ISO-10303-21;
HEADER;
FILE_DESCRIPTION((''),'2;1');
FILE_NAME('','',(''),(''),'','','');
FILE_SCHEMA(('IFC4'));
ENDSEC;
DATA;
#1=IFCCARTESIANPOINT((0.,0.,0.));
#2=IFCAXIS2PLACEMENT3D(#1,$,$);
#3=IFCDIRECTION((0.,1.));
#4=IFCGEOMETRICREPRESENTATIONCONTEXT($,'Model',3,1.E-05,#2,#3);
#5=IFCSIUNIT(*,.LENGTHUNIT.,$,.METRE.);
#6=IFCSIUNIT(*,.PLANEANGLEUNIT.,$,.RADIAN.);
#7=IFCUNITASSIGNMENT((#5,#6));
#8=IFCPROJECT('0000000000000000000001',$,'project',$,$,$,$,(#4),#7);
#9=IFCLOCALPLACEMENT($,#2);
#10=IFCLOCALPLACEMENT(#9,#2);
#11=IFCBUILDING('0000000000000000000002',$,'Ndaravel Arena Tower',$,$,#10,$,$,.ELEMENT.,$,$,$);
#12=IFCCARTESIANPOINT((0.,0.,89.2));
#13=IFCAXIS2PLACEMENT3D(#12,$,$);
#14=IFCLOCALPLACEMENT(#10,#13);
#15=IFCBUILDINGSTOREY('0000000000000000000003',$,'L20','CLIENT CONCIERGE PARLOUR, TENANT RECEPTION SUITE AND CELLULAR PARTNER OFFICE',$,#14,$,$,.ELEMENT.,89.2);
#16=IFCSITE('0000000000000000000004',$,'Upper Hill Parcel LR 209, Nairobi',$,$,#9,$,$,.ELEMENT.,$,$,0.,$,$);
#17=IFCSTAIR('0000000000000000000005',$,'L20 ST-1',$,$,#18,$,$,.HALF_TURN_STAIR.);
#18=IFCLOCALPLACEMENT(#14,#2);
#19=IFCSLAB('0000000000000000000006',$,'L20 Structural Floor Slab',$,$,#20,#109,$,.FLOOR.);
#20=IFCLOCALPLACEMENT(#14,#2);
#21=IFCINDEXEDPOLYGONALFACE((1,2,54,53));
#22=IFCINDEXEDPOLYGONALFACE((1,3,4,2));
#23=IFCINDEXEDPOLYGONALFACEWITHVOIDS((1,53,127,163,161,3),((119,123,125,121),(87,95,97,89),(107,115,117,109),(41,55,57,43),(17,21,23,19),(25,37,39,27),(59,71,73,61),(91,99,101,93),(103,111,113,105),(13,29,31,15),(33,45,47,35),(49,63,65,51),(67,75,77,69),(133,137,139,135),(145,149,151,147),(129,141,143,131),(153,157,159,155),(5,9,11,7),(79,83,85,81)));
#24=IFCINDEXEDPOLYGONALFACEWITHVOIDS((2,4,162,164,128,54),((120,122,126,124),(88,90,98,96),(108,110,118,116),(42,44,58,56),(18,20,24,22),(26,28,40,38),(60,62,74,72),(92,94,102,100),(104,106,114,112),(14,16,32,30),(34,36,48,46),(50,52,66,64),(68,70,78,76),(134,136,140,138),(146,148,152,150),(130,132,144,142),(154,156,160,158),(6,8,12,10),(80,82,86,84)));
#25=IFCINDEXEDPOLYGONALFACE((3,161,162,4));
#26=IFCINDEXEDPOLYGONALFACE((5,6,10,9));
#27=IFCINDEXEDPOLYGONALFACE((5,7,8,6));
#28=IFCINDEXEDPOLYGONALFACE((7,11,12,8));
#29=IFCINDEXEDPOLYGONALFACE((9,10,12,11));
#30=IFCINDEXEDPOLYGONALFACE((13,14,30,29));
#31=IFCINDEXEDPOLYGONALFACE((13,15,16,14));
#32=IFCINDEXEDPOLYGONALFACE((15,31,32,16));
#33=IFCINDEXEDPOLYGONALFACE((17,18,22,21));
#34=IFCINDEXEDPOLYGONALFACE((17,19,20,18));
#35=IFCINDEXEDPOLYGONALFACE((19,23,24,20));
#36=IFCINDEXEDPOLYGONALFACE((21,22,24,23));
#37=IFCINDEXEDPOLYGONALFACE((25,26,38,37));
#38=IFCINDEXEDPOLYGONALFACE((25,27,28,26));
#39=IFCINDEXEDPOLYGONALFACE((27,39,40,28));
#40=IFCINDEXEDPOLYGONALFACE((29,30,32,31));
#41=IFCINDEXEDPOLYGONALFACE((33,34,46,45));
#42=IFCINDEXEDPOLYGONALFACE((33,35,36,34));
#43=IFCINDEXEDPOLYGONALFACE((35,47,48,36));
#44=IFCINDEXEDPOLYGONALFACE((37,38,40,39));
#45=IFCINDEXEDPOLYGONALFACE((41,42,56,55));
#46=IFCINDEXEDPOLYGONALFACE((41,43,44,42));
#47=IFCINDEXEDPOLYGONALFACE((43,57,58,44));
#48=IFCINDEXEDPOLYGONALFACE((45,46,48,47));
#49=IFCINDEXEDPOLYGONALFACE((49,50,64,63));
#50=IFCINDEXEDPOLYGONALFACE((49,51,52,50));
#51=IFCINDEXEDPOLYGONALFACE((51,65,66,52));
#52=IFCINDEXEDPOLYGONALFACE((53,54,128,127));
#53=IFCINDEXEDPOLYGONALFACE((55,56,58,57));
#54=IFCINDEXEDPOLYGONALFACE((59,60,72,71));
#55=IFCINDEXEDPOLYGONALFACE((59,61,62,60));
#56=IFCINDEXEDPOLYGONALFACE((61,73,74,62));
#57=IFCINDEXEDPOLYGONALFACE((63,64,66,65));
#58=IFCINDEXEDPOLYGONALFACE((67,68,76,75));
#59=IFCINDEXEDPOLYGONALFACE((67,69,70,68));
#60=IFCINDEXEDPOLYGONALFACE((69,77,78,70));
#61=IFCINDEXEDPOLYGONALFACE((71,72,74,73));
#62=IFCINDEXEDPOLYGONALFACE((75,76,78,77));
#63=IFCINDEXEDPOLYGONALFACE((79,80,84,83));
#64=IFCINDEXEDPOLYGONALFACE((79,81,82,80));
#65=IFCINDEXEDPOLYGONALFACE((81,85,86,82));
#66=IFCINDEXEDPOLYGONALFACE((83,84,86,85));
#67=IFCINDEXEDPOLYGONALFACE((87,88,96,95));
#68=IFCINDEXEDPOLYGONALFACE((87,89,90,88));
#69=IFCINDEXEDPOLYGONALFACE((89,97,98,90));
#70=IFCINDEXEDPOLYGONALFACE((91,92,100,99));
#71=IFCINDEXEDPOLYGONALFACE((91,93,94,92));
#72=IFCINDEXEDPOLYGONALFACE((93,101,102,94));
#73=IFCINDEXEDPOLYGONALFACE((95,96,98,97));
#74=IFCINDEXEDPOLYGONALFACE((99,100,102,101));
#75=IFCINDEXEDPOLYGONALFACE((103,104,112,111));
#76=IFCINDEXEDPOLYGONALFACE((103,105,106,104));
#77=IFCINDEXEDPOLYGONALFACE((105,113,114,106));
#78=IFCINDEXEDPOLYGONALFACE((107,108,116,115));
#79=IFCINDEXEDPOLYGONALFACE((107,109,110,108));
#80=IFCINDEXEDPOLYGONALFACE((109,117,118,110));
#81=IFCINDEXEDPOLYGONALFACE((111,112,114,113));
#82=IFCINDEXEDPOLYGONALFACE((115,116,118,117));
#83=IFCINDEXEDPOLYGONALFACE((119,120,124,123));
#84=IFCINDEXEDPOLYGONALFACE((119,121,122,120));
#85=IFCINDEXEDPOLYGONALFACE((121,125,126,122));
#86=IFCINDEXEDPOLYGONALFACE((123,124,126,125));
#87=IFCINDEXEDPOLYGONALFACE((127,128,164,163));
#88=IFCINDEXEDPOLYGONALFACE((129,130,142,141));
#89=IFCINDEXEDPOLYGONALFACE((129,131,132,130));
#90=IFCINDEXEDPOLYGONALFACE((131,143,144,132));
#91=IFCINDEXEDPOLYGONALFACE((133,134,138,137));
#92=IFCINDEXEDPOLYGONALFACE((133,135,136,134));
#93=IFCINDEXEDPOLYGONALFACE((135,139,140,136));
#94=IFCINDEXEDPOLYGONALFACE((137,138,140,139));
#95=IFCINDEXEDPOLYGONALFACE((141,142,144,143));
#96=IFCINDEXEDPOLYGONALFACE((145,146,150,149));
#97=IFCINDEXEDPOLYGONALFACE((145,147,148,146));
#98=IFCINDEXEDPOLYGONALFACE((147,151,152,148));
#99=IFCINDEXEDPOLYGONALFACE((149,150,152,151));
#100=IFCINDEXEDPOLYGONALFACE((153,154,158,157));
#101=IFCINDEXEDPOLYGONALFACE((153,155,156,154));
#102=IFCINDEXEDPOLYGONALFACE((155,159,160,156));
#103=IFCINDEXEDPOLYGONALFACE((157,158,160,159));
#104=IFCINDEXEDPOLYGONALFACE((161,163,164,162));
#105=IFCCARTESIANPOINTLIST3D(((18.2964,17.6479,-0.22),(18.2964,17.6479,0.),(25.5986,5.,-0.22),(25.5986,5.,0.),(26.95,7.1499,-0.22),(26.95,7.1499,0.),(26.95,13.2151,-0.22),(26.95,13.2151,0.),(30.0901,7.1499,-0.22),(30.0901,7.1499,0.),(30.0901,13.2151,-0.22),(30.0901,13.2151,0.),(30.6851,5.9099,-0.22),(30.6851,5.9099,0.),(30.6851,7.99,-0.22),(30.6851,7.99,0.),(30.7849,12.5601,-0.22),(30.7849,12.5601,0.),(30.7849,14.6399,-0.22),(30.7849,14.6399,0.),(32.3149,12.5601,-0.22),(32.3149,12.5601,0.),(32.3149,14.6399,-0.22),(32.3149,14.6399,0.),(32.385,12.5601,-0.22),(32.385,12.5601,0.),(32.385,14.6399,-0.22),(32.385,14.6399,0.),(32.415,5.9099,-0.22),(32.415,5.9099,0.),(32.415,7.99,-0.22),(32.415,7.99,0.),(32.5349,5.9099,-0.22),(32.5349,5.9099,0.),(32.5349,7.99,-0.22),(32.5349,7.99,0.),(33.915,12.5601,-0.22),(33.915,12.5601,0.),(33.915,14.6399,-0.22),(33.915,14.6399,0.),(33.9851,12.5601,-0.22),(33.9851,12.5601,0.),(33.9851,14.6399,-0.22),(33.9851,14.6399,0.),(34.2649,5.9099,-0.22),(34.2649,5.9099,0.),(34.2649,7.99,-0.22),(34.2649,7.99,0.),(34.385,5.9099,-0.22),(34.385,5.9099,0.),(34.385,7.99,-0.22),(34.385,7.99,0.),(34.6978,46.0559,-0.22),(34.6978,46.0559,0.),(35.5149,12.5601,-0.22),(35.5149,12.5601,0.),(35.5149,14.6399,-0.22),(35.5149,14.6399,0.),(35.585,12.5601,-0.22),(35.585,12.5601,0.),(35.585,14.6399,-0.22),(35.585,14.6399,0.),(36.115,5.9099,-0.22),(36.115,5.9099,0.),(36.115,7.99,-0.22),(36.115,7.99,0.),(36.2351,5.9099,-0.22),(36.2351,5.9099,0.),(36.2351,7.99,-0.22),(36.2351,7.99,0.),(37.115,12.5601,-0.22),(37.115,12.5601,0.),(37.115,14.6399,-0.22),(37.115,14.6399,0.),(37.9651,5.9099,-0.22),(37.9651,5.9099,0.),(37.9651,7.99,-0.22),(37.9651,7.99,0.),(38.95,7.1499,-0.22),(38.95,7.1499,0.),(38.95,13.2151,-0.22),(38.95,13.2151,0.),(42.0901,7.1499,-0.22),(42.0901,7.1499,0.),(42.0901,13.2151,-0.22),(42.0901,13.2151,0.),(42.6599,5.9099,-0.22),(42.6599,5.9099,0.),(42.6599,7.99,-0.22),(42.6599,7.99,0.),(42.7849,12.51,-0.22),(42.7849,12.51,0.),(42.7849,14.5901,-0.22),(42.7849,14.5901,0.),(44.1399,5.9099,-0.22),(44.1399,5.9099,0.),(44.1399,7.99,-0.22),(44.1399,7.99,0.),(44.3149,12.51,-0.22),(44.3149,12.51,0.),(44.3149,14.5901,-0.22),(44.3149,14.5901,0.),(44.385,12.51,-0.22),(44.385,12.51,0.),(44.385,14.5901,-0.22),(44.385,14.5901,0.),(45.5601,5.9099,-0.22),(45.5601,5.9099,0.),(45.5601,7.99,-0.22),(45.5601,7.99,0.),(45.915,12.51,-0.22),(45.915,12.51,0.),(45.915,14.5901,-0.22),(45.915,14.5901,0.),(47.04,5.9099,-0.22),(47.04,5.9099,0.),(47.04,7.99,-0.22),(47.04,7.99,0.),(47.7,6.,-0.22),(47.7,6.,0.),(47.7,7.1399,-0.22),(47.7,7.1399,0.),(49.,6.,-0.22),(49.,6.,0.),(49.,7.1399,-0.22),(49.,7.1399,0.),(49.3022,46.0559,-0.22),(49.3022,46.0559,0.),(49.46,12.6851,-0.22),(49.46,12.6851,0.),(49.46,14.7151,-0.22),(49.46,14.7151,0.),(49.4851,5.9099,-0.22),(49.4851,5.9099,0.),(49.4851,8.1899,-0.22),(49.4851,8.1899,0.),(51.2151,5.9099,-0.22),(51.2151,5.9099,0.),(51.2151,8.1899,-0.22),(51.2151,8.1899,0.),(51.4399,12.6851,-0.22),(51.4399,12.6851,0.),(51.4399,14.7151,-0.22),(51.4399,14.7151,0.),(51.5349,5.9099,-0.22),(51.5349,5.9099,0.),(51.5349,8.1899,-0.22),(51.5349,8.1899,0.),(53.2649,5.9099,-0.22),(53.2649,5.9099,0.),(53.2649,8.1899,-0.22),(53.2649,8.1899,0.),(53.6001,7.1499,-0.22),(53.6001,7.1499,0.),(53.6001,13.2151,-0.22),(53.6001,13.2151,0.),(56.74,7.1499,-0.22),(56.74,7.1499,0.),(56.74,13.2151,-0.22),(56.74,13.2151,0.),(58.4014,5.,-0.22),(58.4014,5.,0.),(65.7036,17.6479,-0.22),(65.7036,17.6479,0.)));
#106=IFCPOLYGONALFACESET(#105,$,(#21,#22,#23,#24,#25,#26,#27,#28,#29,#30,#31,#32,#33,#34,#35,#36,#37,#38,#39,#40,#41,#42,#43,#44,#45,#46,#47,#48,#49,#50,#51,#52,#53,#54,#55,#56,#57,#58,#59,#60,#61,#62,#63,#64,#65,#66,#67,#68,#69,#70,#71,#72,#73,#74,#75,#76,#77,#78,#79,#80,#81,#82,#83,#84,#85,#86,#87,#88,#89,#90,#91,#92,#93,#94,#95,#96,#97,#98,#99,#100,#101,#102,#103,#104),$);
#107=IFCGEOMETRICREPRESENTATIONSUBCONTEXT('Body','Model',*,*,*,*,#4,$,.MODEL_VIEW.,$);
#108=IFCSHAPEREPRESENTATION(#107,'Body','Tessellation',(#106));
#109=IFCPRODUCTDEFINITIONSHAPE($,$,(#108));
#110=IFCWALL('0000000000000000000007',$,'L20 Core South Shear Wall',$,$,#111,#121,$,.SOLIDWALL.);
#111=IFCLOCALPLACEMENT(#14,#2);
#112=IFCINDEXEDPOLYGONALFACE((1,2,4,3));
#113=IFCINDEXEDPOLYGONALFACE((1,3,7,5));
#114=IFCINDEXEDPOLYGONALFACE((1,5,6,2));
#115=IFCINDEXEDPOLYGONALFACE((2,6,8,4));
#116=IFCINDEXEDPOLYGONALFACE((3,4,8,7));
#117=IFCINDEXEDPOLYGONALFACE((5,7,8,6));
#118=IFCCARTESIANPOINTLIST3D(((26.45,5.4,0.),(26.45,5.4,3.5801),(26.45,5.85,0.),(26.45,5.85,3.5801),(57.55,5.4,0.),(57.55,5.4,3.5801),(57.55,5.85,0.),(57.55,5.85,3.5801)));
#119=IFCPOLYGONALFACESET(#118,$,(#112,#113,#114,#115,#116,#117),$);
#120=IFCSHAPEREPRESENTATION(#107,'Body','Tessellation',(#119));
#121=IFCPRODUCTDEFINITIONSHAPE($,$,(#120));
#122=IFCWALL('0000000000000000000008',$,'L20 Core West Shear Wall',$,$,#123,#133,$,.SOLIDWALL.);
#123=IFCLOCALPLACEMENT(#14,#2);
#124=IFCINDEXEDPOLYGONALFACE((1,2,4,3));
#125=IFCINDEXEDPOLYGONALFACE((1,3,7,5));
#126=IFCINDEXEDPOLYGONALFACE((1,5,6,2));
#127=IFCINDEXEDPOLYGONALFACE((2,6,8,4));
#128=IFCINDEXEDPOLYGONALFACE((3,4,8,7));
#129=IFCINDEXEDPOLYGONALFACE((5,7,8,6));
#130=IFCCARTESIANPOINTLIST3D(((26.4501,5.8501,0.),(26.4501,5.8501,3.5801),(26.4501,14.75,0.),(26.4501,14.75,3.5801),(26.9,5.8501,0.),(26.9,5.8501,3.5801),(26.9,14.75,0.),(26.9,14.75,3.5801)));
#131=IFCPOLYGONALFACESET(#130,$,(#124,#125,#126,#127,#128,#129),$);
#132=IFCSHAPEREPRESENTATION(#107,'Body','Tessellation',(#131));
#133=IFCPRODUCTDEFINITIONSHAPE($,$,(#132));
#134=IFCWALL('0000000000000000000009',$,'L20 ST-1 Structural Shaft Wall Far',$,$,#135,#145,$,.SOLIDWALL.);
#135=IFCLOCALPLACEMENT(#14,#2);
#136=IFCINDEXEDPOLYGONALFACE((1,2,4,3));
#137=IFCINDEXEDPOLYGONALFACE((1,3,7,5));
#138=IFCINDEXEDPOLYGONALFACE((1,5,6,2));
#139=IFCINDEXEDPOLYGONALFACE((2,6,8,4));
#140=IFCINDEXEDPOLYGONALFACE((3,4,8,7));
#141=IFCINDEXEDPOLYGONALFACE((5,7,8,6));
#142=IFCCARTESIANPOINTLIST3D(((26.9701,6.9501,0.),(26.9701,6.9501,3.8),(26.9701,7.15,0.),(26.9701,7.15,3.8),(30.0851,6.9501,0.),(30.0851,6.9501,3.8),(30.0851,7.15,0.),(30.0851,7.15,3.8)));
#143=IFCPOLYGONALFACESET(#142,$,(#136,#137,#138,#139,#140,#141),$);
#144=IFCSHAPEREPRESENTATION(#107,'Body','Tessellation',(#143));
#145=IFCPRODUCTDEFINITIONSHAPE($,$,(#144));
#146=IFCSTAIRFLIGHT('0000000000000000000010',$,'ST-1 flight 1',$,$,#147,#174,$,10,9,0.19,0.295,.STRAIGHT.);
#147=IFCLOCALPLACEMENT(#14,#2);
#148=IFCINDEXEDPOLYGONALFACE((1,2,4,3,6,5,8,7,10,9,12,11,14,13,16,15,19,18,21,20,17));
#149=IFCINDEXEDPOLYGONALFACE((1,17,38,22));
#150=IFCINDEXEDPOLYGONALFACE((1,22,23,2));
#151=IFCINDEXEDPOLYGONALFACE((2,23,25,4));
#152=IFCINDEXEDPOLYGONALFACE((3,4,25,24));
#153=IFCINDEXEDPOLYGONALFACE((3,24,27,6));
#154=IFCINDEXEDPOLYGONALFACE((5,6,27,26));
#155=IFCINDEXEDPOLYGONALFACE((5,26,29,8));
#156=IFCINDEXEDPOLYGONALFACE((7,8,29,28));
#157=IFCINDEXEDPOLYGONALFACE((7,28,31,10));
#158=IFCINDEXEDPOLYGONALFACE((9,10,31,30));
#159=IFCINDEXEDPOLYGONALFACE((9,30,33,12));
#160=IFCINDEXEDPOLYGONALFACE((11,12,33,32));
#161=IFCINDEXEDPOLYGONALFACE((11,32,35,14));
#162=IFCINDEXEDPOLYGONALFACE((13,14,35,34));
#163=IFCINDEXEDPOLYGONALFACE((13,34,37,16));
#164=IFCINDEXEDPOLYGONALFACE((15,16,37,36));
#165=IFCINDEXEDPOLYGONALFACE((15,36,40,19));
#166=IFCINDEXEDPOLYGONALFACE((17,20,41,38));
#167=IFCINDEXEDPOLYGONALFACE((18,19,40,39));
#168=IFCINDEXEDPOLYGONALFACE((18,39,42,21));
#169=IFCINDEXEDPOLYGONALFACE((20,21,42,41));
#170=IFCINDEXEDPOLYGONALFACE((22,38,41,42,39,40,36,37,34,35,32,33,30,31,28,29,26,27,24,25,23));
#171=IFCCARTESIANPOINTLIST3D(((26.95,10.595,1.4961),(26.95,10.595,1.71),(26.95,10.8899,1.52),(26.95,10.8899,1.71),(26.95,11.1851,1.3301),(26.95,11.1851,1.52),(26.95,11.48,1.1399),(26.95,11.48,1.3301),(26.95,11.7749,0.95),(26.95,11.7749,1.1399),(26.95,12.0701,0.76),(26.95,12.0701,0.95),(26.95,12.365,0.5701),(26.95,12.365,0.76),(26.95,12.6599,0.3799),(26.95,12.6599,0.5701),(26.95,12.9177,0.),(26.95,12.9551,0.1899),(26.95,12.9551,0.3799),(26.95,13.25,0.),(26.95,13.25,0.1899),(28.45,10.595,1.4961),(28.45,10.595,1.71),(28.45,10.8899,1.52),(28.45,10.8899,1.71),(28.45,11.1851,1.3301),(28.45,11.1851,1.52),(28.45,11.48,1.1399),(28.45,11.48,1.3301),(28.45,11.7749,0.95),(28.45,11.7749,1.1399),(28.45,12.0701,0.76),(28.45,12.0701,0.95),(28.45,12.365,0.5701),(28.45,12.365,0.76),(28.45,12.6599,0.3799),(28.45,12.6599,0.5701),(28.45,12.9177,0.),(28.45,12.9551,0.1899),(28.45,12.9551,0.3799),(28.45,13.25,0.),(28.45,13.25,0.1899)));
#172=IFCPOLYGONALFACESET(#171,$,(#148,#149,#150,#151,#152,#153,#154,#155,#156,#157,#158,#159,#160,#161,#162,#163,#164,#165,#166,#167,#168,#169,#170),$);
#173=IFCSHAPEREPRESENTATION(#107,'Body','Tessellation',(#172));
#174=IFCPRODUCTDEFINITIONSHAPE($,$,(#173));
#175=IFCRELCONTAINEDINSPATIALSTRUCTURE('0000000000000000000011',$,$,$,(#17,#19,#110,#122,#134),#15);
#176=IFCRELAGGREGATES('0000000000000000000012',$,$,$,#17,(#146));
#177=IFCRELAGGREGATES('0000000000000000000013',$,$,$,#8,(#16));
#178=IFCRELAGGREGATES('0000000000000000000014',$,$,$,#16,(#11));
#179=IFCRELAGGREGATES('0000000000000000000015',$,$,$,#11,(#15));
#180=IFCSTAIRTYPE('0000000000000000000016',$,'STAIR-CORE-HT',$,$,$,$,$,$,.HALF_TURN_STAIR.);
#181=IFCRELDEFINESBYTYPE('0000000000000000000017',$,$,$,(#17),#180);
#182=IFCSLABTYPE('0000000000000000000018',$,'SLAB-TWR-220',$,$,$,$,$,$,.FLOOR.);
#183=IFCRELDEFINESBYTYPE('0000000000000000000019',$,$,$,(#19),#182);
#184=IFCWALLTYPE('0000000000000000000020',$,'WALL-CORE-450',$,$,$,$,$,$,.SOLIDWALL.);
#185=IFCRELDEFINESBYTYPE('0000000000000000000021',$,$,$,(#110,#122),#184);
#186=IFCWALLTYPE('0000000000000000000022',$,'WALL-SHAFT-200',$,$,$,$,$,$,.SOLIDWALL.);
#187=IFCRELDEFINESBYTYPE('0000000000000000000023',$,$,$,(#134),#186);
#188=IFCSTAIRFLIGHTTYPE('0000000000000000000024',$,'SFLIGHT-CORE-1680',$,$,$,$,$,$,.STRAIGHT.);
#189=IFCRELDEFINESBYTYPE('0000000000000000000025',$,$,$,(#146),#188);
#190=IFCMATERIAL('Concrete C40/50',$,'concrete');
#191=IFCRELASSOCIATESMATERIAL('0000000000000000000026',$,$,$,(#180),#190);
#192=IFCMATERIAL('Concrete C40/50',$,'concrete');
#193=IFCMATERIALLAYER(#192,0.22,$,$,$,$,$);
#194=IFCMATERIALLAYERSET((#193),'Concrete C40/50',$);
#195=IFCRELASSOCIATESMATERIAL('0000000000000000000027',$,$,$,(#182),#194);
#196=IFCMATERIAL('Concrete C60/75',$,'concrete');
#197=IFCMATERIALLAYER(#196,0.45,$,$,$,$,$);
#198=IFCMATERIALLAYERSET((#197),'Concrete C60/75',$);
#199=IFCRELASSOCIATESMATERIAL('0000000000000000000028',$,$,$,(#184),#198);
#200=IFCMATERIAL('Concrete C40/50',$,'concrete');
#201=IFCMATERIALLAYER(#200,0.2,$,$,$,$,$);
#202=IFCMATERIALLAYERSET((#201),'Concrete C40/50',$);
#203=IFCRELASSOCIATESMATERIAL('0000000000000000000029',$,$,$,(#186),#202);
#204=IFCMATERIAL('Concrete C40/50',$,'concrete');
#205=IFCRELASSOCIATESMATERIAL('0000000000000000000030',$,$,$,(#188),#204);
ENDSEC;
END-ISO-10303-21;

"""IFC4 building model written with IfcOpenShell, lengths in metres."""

from ifc_helpers import new_model, si_unit, direction, frame, frame_2d, origin, place, context, subcontext, project, spatial, polyline, rectangle, outline, extrude, material, layer, layer_set, type_object, element, aggregate, save


model = new_model("IFC4")

# Units and contexts
model_context = context("Model", 3, precision=1e-05, world=origin(), true_north=direction((0.0, 1.0)))
body_context = subcontext(model_context, "Body", "Model", "MODEL_VIEW")
ifc_project = project(units=[si_unit("LENGTHUNIT", "METRE"), si_unit("PLANEANGLEUNIT", "RADIAN")], contexts=[model_context])

# Site, building, storey
site_placement = place(None, origin())
site = spatial("IfcSite", under=ifc_project, at=site_placement, Name="Upper Hill Parcel LR 209, Nairobi", CompositionType="ELEMENT", RefElevation=0.0)
building_placement = place(site_placement, origin())
building = spatial("IfcBuilding", under=site, at=building_placement, Name="Ndaravel Arena Tower", CompositionType="ELEMENT")
storey_placement = place(building_placement, frame((0.0, 0.0, 89.2)))
storey = spatial("IfcBuildingStorey", under=building, at=storey_placement, Name="L20", Description="CLIENT CONCIERGE PARLOUR, TENANT RECEPTION SUITE AND CELLULAR PARTNER OFFICE", CompositionType="ELEMENT", Elevation=89.2)

# Stair
ifc_material_1 = material(Name="Concrete C40/50", Category="concrete")
stair_type = type_object("IfcStairType", Name="STAIR-CORE-HT", PredefinedType="HALF_TURN_STAIR", material=ifc_material_1)
stair_1_placement = place(storey_placement, origin())
stair_1 = element("IfcStair", 1, at=stair_1_placement, inside=storey, type_object=stair_type, Name="L20 ST-1", PredefinedType="HALF_TURN_STAIR")

# Slab
ifc_material_2 = material(Name="Concrete C40/50", Category="concrete")
ifc_layer_1 = layer(ifc_material_2, 0.22)
ifc_layer_set_1 = layer_set([ifc_layer_1], Name="Concrete C40/50")
slab_type_1 = type_object("IfcSlabType", Name="SLAB-TWR-220", PredefinedType="FLOOR", material=ifc_layer_set_1)
slab_1_placement = place(storey_placement, frame((0.0, 0.0, -0.22)))
element("IfcSlab", 2, at=slab_1_placement, inside=storey, type_object=slab_type_1, Name="L20 Structural Floor Slab", PredefinedType="FLOOR", context=body_context, shape_type="SweptSolid", body=[
    extrude(outline(polyline([(18.2964, 17.6479), (25.5986, 5.0), (58.4014, 5.0), (65.7036, 17.6479), (49.3022, 46.0559), (34.6978, 46.0559), (18.2964, 17.6479)]), holes=[polyline([(26.95, 13.2151), (26.95, 7.1499), (30.0901, 7.1499), (30.0901, 13.2151), (26.95, 13.2151)]), polyline([(38.95, 13.2151), (38.95, 7.1499), (42.0901, 7.1499), (42.0901, 13.2151), (38.95, 13.2151)]), polyline([(53.6001, 13.2151), (53.6001, 7.1499), (56.74, 7.1499), (56.74, 13.2151), (53.6001, 13.2151)]), polyline([(30.6851, 5.9099), (32.415, 5.9099), (32.415, 7.99), (30.6851, 7.99), (30.6851, 5.9099)]), polyline([(32.5349, 5.9099), (34.2649, 5.9099), (34.2649, 7.99), (32.5349, 7.99), (32.5349, 5.9099)]), polyline([(34.385, 5.9099), (36.115, 5.9099), (36.115, 7.99), (34.385, 7.99), (34.385, 5.9099)]), polyline([(36.2351, 5.9099), (37.9651, 5.9099), (37.9651, 7.99), (36.2351, 7.99), (36.2351, 5.9099)]), polyline([(30.7849, 12.5601), (32.3149, 12.5601), (32.3149, 14.6399), (30.7849, 14.6399), (30.7849, 12.5601)]), polyline([(32.385, 12.5601), (33.915, 12.5601), (33.915, 14.6399), (32.385, 14.6399), (32.385, 12.5601)]), polyline([(33.9851, 12.5601), (35.5149, 12.5601), (35.5149, 14.6399), (33.9851, 14.6399), (33.9851, 12.5601)]), polyline([(35.585, 12.5601), (37.115, 12.5601), (37.115, 14.6399), (35.585, 14.6399), (35.585, 12.5601)]), polyline([(42.6599, 5.9099), (44.1399, 5.9099), (44.1399, 7.99), (42.6599, 7.99), (42.6599, 5.9099)]), polyline([(45.5601, 5.9099), (47.04, 5.9099), (47.04, 7.99), (45.5601, 7.99), (45.5601, 5.9099)]), polyline([(42.7849, 12.51), (44.3149, 12.51), (44.3149, 14.5901), (42.7849, 14.5901), (42.7849, 12.51)]), polyline([(44.385, 12.51), (45.915, 12.51), (45.915, 14.5901), (44.385, 14.5901), (44.385, 12.51)]), polyline([(49.4851, 5.9099), (51.2151, 5.9099), (51.2151, 8.1899), (49.4851, 8.1899), (49.4851, 5.9099)]), polyline([(51.5349, 5.9099), (53.2649, 5.9099), (53.2649, 8.1899), (51.5349, 8.1899), (51.5349, 5.9099)]), polyline([(49.46, 12.6851), (51.4399, 12.6851), (51.4399, 14.7151), (49.46, 14.7151), (49.46, 12.6851)]), polyline([(47.7, 6.0), (49.0, 6.0), (49.0, 7.1399), (47.7, 7.1399), (47.7, 6.0)])]), origin(), (0.0, 0.0, 1.0), 0.22),
])

# Walls
ifc_material_3 = material(Name="Concrete C60/75", Category="concrete")
ifc_layer_2 = layer(ifc_material_3, 0.45)
ifc_layer_set_2 = layer_set([ifc_layer_2], Name="Concrete C60/75")
wall_type_1 = type_object("IfcWallType", Name="WALL-CORE-450", PredefinedType="SOLIDWALL", material=ifc_layer_set_2)
wall_1_placement = place(storey_placement, frame((26.45, 5.625, 0.0), z_axis=(0.0, 0.0, 1.0), x_axis=(1.0, 0.0, 0.0)))
element("IfcWall", 3, at=wall_1_placement, inside=storey, type_object=wall_type_1, Name="L20 Core South Shear Wall", PredefinedType="SOLIDWALL", context=body_context, shape_type="SweptSolid", body=[
    extrude(rectangle(XDim=31.1001, YDim=0.45, at=frame_2d((15.55, 0.0))), origin(), (0.0, 0.0, 1.0), 3.5801),
])
wall_2_placement = place(storey_placement, frame((26.675, 5.8501, 0.0), z_axis=(0.0, 0.0, 1.0), x_axis=(0.0, 1.0, 0.0)))
element("IfcWall", 4, at=wall_2_placement, inside=storey, type_object=wall_type_1, Name="L20 Core West Shear Wall", PredefinedType="SOLIDWALL", context=body_context, shape_type="SweptSolid", body=[
    extrude(rectangle(XDim=8.8999, YDim=0.45, at=frame_2d((4.45, 0.0))), origin(), (0.0, 0.0, 1.0), 3.5801),
])
ifc_material_4 = material(Name="Concrete C40/50", Category="concrete")
ifc_layer_3 = layer(ifc_material_4, 0.2)
ifc_layer_set_3 = layer_set([ifc_layer_3], Name="Concrete C40/50")
wall_type_2 = type_object("IfcWallType", Name="WALL-SHAFT-200", PredefinedType="SOLIDWALL", material=ifc_layer_set_3)
wall_3_placement = place(storey_placement, frame((26.97, 7.05, 0.0), z_axis=(0.0, 0.0, 1.0), x_axis=(1.0, 0.0, 0.0)))
element("IfcWall", 5, at=wall_3_placement, inside=storey, type_object=wall_type_2, Name="L20 ST-1 Structural Shaft Wall Far", PredefinedType="SOLIDWALL", context=body_context, shape_type="SweptSolid", body=[
    extrude(rectangle(XDim=3.115, YDim=0.2, at=frame_2d((1.5576, 0.0))), origin(), (0.0, 0.0, 1.0), 3.8),
])

# Stair flight
ifc_material_5 = material(Name="Concrete C40/50", Category="concrete")
stair_flight_type = type_object("IfcStairFlightType", Name="SFLIGHT-CORE-1680", PredefinedType="STRAIGHT", material=ifc_material_5)
stair_flight_placement = place(storey_placement, frame((27.7, 13.25, 0.0), z_axis=(0.0, 0.0, 1.0), x_axis=(0.0, -1.0, 0.0)))
stair_flight = element("IfcStairFlight", 6, at=stair_flight_placement, type_object=stair_flight_type, Name="ST-1 flight 1", NumberOfRisers=10, NumberOfTreads=9, PredefinedType="STRAIGHT", RiserHeight=0.19, TreadLength=0.295, context=body_context, shape_type="SweptSolid", body=[
    extrude(outline(polyline([(0.0, 0.0), (0.0, 0.1899), (0.2949, 0.1899), (0.2949, 0.3799), (0.5901, 0.3799), (0.5901, 0.5701), (0.885, 0.5701), (0.885, 0.76), (1.1799, 0.76), (1.1799, 0.95), (1.4751, 0.95), (1.4751, 1.1399), (1.77, 1.1399), (1.77, 1.3301), (2.0649, 1.3301), (2.0649, 1.52), (2.3601, 1.52), (2.3601, 1.71), (2.655, 1.71), (2.655, 1.8999), (2.655, 1.4961), (0.3323, 0.0), (0.0, 0.0)])), frame((0.0, 0.75, 0.0), z_axis=(0.0, -1.0, 0.0), x_axis=(1.0, 0.0, 0.0)), (0.0, 0.0, 1.0), 1.5),
])
aggregate(stair_1, [stair_flight])

save(model, "model.ifc")
